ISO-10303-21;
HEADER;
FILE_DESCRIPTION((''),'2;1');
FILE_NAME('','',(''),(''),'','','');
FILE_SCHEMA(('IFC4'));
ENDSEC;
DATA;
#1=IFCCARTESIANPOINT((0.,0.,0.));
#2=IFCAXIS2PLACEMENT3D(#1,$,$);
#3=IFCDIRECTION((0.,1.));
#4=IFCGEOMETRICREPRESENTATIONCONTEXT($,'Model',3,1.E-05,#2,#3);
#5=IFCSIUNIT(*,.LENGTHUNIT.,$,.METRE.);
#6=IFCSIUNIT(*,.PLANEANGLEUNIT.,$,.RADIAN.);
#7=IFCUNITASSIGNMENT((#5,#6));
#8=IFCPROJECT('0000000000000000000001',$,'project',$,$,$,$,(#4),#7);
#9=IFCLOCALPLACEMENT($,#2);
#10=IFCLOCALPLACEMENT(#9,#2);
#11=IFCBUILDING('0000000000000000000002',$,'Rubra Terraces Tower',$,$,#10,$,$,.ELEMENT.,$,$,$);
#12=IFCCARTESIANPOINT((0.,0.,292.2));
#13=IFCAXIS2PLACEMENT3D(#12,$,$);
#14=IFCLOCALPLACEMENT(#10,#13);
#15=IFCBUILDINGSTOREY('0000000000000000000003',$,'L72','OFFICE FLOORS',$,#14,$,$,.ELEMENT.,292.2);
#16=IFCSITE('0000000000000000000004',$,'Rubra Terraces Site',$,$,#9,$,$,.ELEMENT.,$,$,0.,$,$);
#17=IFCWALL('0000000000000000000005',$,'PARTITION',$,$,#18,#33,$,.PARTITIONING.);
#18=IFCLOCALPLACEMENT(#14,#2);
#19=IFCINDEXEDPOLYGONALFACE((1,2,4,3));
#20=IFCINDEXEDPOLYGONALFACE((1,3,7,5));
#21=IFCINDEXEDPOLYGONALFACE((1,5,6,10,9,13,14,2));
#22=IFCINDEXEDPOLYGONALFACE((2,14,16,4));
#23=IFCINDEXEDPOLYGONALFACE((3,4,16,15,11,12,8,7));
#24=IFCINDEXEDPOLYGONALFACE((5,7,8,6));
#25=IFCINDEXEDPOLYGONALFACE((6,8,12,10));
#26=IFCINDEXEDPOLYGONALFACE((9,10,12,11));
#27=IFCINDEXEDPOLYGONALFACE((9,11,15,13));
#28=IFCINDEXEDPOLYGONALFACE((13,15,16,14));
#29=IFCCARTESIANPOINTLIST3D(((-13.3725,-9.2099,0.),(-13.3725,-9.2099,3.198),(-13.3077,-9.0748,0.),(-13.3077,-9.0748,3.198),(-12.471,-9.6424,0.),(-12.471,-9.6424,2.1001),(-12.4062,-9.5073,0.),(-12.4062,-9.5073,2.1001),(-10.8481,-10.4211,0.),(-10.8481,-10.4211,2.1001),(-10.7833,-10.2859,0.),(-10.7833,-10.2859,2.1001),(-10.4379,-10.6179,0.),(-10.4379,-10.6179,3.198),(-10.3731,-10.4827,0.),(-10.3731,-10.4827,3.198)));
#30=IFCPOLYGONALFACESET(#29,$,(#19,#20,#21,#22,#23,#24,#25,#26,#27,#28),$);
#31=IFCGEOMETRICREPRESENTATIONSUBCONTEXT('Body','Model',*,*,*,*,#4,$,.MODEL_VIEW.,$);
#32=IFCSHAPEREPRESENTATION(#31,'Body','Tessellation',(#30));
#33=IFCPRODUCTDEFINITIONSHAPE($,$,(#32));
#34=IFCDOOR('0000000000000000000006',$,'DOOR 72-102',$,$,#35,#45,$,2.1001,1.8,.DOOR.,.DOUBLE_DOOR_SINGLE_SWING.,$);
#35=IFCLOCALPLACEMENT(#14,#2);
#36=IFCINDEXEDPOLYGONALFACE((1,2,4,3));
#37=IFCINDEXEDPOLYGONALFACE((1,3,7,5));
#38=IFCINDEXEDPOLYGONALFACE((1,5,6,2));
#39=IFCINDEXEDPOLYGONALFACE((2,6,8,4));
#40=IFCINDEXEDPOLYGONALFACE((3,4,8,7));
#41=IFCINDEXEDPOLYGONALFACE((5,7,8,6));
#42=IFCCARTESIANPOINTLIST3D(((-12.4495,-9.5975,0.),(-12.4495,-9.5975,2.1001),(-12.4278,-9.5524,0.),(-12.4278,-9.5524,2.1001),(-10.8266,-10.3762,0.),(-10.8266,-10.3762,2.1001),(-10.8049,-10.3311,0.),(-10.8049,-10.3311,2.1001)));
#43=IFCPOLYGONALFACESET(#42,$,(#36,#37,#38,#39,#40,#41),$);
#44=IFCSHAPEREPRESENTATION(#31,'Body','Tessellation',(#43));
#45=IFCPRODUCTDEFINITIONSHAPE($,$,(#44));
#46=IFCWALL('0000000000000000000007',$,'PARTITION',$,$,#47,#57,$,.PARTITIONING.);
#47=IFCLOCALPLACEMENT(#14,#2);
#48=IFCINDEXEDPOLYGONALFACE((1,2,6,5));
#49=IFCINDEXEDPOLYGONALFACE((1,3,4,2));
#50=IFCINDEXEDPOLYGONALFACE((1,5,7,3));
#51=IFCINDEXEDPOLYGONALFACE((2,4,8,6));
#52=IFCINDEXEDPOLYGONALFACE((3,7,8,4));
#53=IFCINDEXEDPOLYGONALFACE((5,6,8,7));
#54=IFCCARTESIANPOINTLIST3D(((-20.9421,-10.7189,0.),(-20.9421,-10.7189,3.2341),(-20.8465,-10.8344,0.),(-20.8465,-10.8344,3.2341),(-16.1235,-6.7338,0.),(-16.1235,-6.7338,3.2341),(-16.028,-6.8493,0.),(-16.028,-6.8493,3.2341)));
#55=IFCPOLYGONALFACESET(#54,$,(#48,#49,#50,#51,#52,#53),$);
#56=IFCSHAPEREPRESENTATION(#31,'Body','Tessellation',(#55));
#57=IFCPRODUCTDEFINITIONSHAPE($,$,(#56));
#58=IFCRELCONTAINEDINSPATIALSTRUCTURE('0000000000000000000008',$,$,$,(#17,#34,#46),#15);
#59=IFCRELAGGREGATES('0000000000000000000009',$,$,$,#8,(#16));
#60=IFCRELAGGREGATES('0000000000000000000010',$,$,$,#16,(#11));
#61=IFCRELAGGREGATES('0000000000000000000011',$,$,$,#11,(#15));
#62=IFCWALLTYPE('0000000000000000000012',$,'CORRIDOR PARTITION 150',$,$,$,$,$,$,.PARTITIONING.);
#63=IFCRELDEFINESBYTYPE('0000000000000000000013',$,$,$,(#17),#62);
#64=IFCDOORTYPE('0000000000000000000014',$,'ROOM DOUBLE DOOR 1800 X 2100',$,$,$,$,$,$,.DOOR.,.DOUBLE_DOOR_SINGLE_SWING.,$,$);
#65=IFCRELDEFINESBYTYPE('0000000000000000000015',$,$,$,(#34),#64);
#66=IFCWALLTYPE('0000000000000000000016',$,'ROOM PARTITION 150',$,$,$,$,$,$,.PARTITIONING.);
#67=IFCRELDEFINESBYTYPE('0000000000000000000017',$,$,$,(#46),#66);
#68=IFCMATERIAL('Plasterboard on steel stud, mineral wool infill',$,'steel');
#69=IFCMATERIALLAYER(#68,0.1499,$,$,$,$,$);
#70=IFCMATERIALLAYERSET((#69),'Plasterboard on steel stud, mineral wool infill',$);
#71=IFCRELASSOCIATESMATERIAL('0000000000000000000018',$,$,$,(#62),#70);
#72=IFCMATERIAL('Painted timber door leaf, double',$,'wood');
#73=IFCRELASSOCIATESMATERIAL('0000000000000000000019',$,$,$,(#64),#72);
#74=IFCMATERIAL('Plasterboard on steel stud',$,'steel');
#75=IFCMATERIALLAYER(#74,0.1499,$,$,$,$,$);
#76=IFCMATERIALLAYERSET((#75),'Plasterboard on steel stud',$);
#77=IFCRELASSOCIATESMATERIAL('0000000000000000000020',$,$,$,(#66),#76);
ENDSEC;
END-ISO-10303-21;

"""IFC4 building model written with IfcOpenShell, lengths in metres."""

from ifc_helpers import new_model, si_unit, direction, frame, frame_2d, origin, place, context, subcontext, project, spatial, rectangle, extrude, material, layer, layer_set, type_object, element, fill, save


model = new_model("IFC4")

# Units and contexts
model_context = context("Model", 3, precision=1e-05, world=origin(), true_north=direction((0.0, 1.0)))
body_context = subcontext(model_context, "Body", "Model", "MODEL_VIEW")
ifc_project = project(units=[si_unit("LENGTHUNIT", "METRE"), si_unit("PLANEANGLEUNIT", "RADIAN")], contexts=[model_context])

# Site, building, storey
site_placement = place(None, origin())
site = spatial("IfcSite", under=ifc_project, at=site_placement, Name="Rubra Terraces Site", CompositionType="ELEMENT", RefElevation=0.0)
building_placement = place(site_placement, origin())
building = spatial("IfcBuilding", under=site, at=building_placement, Name="Rubra Terraces Tower", CompositionType="ELEMENT")
storey_placement = place(building_placement, frame((0.0, 0.0, 292.2)))
storey = spatial("IfcBuildingStorey", under=building, at=storey_placement, Name="L72", Description="OFFICE FLOORS", CompositionType="ELEMENT", Elevation=292.2)

# Wall, opening, door
ifc_material_1 = material(Name="Plasterboard on steel stud, mineral wool infill", Category="steel")
ifc_layer_1 = layer(ifc_material_1, 0.1499)
ifc_layer_set_1 = layer_set([ifc_layer_1], Name="Plasterboard on steel stud, mineral wool infill")
wall_type_1 = type_object("IfcWallType", Name="CORRIDOR PARTITION 150", PredefinedType="PARTITIONING", material=ifc_layer_set_1)
wall_1_placement = place(storey_placement, frame((-13.3401, -9.1423, 0.0), z_axis=(0.0, 0.0, 1.0), x_axis=(0.901599, -0.432573, 0.0)))
wall_1 = element("IfcWall", 1, at=wall_1_placement, inside=storey, type_object=wall_type_1, Name="PARTITION", PredefinedType="PARTITIONING", context=body_context, shape_type="SweptSolid", body=[
    extrude(rectangle(XDim=3.2549, YDim=0.1499, at=frame_2d((1.6274, 0.0))), origin(), (0.0, 0.0, 1.0), 3.198),
])
opening_1_placement = place(wall_1_placement, frame((1.0, 0.0, 0.0)))
opening_1 = element("IfcOpeningElement", 2, at=opening_1_placement, cuts=wall_1, PredefinedType="OPENING", context=body_context, shape_type="SweptSolid", body=[
    extrude(rectangle(XDim=1.8, YDim=2.1001, at=frame_2d((0.8999, 1.05))), frame((0.0, 0.085, 0.0), z_axis=(0.0, -1.0, 0.0), x_axis=(1.0, 0.0, 0.0)), (0.0, 0.0, 1.0), 0.1699),
])
ifc_material_2 = material(Name="Painted timber door leaf, double", Category="wood")
door_type = type_object("IfcDoorType", Name="ROOM DOUBLE DOOR 1800 X 2100", OperationType="DOUBLE_DOOR_SINGLE_SWING", PredefinedType="DOOR", material=ifc_material_2)
door_placement = place(opening_1_placement, origin())
door = element("IfcDoor", 3, at=door_placement, inside=storey, type_object=door_type, Name="DOOR 72-102", OperationType="DOUBLE_DOOR_SINGLE_SWING", OverallHeight=2.1001, OverallWidth=1.8, PredefinedType="DOOR", context=body_context, shape_type="SweptSolid", body=[
    extrude(rectangle(XDim=1.8, YDim=2.1001, at=frame_2d((0.8999, 1.05))), frame((0.0, 0.0249, 0.0), z_axis=(0.0, -1.0, 0.0), x_axis=(1.0, 0.0, 0.0)), (0.0, 0.0, 1.0), 0.05),
])
fill(opening_1, door)

# Wall
ifc_material_3 = material(Name="Plasterboard on steel stud", Category="steel")
ifc_layer_2 = layer(ifc_material_3, 0.1499)
ifc_layer_set_2 = layer_set([ifc_layer_2], Name="Plasterboard on steel stud")
wall_type_2 = type_object("IfcWallType", Name="ROOM PARTITION 150", PredefinedType="PARTITIONING", material=ifc_layer_set_2)
wall_2_placement = place(storey_placement, frame((-20.8943, -10.7766, 0.0), z_axis=(0.0, 0.0, 1.0), x_axis=(0.770607, 0.637311, 0.0)))
element("IfcWall", 4, at=wall_2_placement, inside=storey, type_object=wall_type_2, Name="PARTITION", PredefinedType="PARTITIONING", context=body_context, shape_type="SweptSolid", body=[
    extrude(rectangle(XDim=6.2529, YDim=0.1499, at=frame_2d((3.1265, 0.0))), origin(), (0.0, 0.0, 1.0), 3.2341),
])

save(model, "model.ifc")
